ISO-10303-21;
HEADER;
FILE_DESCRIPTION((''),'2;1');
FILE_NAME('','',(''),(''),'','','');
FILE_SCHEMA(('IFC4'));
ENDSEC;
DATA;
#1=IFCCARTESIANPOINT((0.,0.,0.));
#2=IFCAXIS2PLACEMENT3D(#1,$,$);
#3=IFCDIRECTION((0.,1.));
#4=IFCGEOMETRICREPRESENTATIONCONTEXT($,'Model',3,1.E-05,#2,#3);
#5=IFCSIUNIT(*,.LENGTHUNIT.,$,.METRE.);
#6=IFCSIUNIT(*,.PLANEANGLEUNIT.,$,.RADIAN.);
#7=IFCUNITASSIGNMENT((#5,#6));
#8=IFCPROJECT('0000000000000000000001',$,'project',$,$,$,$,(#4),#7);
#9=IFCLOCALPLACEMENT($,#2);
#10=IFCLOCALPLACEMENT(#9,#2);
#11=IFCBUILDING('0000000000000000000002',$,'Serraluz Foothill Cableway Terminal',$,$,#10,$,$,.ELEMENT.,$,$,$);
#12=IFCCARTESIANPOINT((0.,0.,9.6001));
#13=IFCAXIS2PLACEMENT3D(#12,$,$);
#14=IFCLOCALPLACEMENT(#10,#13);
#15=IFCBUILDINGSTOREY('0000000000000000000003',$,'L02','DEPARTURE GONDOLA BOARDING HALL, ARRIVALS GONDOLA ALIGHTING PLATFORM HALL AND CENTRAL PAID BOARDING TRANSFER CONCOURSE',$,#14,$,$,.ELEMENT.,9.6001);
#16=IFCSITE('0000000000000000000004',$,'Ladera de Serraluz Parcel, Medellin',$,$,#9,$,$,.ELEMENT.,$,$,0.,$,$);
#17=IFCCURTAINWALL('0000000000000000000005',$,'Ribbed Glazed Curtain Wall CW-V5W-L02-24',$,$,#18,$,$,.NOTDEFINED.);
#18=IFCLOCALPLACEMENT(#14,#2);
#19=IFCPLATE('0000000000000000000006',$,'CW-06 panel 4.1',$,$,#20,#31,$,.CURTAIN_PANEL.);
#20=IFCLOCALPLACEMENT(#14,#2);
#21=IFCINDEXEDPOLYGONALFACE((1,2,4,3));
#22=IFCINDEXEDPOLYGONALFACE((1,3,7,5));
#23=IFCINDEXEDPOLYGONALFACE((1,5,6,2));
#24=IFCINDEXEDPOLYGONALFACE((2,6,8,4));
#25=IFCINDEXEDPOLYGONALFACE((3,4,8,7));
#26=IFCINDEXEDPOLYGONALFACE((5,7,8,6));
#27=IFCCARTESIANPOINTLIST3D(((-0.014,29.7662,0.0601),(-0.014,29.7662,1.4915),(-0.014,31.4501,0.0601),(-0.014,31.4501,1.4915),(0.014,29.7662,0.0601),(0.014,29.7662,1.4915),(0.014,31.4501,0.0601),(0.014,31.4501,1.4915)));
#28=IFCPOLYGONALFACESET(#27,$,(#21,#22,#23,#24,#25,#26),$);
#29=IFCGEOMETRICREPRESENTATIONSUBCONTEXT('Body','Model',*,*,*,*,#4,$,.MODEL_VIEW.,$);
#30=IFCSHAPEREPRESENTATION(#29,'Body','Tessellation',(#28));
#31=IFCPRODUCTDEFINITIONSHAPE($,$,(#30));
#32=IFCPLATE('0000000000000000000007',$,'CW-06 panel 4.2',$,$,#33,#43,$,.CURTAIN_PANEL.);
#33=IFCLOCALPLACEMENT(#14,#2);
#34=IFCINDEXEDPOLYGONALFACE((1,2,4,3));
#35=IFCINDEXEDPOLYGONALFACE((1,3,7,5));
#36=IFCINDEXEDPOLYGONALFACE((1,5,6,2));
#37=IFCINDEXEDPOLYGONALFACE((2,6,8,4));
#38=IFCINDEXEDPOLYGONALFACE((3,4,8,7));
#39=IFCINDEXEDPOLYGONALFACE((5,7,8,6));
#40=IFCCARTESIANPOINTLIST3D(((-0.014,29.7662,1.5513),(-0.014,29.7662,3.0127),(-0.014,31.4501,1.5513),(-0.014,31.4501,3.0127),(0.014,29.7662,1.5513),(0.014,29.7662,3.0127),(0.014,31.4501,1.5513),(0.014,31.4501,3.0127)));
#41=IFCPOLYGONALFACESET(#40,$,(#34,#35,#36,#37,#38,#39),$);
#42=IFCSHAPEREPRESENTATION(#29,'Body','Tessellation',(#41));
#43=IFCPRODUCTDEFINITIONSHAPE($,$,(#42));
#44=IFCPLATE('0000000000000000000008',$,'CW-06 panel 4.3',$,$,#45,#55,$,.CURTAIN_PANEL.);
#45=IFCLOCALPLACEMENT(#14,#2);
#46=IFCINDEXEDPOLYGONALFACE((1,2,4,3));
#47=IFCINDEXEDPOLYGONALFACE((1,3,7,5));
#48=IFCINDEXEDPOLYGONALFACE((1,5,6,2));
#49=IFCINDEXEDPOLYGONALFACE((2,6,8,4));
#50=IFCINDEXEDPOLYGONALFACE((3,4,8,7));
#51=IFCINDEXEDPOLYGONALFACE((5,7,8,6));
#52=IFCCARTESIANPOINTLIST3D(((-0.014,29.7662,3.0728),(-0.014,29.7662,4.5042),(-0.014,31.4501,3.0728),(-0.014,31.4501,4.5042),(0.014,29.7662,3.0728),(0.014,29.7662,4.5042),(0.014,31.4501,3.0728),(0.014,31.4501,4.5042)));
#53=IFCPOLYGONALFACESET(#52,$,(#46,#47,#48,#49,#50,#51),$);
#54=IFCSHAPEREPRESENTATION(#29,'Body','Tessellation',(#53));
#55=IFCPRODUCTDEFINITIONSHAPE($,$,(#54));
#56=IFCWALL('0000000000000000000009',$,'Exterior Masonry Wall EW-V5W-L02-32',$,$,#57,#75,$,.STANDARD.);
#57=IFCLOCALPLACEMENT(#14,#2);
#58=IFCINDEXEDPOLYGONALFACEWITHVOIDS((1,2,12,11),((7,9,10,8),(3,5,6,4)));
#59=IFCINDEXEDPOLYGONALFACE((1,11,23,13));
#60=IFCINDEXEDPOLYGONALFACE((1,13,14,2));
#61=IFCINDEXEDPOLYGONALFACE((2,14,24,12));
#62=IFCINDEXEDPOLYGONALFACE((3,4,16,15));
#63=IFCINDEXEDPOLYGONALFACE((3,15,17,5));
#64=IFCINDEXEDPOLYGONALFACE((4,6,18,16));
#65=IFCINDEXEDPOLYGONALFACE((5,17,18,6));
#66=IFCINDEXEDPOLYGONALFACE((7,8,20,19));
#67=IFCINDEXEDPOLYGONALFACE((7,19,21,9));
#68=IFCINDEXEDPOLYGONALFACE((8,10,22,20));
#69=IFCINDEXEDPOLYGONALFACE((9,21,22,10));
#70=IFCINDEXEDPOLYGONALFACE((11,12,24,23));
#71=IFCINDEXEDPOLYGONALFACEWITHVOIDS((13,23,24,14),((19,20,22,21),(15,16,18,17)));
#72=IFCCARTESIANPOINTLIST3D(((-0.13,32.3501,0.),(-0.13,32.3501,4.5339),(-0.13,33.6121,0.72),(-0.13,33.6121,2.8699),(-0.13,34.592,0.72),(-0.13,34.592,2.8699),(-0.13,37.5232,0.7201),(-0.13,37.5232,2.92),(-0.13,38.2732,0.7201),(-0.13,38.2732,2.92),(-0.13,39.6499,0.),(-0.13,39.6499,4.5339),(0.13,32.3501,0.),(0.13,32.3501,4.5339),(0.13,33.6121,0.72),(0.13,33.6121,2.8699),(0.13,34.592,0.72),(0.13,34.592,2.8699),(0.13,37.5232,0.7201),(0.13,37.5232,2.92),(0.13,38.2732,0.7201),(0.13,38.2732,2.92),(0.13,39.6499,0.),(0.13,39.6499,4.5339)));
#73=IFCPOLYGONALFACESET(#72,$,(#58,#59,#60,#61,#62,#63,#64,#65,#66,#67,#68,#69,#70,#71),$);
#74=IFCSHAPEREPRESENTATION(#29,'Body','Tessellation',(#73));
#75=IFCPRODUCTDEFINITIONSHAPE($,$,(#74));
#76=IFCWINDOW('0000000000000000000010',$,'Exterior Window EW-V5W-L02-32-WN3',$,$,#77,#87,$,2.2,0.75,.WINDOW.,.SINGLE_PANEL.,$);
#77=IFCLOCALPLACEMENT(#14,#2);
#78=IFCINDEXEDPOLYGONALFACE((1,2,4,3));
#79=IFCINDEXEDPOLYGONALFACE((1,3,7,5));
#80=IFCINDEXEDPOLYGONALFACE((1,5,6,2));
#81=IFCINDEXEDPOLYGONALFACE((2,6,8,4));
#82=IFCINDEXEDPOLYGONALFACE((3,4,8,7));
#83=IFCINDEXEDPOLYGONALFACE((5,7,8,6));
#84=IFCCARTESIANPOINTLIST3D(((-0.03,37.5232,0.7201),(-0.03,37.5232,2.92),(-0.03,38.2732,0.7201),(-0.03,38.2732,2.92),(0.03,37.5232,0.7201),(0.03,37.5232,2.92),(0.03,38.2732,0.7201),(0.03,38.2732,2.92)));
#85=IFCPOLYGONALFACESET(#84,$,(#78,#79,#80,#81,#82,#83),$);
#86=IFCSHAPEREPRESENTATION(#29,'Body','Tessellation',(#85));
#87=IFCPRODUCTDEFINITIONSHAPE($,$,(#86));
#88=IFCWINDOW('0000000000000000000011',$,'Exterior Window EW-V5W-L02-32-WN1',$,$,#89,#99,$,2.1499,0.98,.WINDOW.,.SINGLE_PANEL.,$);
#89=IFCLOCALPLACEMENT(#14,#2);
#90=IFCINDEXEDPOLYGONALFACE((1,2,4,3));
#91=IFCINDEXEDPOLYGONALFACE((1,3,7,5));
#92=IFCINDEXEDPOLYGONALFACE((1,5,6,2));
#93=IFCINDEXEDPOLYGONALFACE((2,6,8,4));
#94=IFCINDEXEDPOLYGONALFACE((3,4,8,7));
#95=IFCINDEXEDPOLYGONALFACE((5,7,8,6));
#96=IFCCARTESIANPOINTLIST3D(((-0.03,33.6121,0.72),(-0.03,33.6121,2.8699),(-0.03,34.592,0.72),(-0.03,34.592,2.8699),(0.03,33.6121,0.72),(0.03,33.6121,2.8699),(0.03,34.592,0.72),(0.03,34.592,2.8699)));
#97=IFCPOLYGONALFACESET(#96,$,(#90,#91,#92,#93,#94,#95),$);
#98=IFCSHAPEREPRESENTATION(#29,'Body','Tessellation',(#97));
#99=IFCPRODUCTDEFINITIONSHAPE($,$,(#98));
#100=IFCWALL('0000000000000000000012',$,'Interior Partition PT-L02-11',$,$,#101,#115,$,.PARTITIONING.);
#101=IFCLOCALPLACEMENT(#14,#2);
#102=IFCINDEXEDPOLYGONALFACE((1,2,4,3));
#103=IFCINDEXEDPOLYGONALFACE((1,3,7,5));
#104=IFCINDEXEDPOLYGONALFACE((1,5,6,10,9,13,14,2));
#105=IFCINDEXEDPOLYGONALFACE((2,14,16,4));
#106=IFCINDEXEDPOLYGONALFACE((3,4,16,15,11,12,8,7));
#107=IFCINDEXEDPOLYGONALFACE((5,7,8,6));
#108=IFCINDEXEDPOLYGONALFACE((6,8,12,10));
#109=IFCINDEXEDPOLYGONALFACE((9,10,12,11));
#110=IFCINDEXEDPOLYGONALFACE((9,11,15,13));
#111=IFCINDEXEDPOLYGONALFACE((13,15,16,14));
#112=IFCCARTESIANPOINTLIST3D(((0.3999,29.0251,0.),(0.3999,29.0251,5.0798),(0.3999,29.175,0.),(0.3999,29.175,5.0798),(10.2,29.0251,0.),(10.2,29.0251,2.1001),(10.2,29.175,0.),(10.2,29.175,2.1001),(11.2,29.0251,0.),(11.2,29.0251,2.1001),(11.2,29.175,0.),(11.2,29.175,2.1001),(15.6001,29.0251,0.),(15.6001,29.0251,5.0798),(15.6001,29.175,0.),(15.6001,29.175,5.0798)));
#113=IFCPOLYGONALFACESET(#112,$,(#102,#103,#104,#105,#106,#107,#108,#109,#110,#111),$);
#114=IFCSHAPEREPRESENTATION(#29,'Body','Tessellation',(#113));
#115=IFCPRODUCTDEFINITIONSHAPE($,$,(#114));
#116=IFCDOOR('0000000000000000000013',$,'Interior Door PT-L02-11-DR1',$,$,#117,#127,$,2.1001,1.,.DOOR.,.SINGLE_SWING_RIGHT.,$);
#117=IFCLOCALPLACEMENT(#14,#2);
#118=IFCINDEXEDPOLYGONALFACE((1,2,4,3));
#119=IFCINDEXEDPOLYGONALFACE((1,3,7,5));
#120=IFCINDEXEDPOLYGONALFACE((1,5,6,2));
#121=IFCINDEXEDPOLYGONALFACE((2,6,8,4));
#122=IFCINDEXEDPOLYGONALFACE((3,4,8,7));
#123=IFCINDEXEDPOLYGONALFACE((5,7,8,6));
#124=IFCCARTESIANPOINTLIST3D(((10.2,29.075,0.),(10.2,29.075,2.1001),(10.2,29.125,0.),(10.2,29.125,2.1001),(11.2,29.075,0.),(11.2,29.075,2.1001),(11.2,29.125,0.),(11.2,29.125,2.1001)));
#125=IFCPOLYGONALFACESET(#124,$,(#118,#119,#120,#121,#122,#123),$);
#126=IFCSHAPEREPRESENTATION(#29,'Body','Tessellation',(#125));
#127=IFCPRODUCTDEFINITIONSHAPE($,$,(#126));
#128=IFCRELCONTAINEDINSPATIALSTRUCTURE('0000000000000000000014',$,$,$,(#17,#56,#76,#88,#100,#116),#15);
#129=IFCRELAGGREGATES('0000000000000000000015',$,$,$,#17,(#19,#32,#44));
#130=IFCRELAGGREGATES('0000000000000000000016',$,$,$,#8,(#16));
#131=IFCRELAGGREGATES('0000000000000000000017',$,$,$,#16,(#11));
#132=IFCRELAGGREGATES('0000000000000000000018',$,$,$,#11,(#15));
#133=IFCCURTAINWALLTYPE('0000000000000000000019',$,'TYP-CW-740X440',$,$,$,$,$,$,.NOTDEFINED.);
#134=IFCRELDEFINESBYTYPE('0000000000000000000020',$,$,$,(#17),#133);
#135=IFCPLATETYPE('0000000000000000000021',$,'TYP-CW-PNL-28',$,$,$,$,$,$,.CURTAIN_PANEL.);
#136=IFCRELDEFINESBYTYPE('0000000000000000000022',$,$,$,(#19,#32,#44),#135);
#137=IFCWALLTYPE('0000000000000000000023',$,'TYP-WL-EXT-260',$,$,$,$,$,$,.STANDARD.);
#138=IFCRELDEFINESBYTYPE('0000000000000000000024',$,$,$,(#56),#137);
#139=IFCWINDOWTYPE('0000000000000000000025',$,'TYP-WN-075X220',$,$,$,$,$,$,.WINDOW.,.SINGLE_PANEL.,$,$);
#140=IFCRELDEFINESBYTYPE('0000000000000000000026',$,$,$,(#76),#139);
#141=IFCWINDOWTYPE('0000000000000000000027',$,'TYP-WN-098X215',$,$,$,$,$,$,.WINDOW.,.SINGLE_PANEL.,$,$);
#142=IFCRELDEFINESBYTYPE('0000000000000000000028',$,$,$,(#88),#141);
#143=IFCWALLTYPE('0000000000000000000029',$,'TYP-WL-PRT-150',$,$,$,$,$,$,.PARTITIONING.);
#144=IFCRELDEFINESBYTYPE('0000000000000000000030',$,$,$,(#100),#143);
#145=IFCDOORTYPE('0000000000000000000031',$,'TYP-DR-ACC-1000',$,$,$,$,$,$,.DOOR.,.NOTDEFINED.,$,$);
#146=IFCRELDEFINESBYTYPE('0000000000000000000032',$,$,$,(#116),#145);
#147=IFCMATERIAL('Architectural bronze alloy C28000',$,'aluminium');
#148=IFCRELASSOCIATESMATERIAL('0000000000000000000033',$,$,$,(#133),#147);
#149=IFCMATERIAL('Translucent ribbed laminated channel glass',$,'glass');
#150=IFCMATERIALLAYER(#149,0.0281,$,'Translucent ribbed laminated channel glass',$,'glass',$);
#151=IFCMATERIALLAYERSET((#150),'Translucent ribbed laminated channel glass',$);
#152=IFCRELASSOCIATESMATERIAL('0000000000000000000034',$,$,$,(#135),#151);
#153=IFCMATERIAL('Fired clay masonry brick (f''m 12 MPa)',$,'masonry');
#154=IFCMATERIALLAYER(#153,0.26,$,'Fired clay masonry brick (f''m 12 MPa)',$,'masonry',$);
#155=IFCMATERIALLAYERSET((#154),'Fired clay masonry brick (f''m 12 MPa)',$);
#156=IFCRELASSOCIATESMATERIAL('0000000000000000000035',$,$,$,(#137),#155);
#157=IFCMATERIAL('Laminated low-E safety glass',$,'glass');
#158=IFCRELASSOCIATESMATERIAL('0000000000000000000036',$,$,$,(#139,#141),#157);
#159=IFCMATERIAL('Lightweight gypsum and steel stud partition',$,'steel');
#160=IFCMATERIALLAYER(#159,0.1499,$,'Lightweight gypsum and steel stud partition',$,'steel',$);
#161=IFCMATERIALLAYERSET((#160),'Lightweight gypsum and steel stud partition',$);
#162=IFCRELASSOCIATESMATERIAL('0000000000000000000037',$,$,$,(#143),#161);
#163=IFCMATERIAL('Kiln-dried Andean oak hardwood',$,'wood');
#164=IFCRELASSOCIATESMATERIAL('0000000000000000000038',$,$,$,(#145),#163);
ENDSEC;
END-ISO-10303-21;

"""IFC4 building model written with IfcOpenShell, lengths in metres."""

from ifc_helpers import new_model, si_unit, direction, frame, frame_2d, origin, origin_2d, place, context, subcontext, project, spatial, rectangle, extrude, material, layer, layer_set, type_object, element, fill, aggregate, save


model = new_model("IFC4")

# Units and contexts
model_context = context("Model", 3, precision=1e-05, world=origin(), true_north=direction((0.0, 1.0)))
body_context = subcontext(model_context, "Body", "Model", "MODEL_VIEW")
ifc_project = project(units=[si_unit("LENGTHUNIT", "METRE"), si_unit("PLANEANGLEUNIT", "RADIAN")], contexts=[model_context])

# Site, building, storey
site_placement = place(None, origin())
site = spatial("IfcSite", under=ifc_project, at=site_placement, Name="Ladera de Serraluz Parcel, Medellin", CompositionType="ELEMENT", RefElevation=0.0)
building_placement = place(site_placement, origin())
building = spatial("IfcBuilding", under=site, at=building_placement, Name="Serraluz Foothill Cableway Terminal", CompositionType="ELEMENT")
storey_placement = place(building_placement, frame((0.0, 0.0, 9.6001)))
storey = spatial("IfcBuildingStorey", under=building, at=storey_placement, Name="L02", Description="DEPARTURE GONDOLA BOARDING HALL, ARRIVALS GONDOLA ALIGHTING PLATFORM HALL AND CENTRAL PAID BOARDING TRANSFER CONCOURSE", CompositionType="ELEMENT", Elevation=9.6001)

# Curtain wall
ifc_material_1 = material(Name="Architectural bronze alloy C28000", Category="aluminium")
curtain_wall_type = type_object("IfcCurtainWallType", Name="TYP-CW-740X440", PredefinedType="NOTDEFINED", material=ifc_material_1)
curtain_wall_placement = place(storey_placement, origin())
curtain_wall = element("IfcCurtainWall", 1, at=curtain_wall_placement, inside=storey, type_object=curtain_wall_type, Name="Ribbed Glazed Curtain Wall CW-V5W-L02-24", PredefinedType="NOTDEFINED")

# Plates
ifc_material_2 = material(Name="Translucent ribbed laminated channel glass", Category="glass")
ifc_layer_1 = layer(ifc_material_2, 0.0281, Name="Translucent ribbed laminated channel glass", Category="glass")
ifc_layer_set_1 = layer_set([ifc_layer_1], Name="Translucent ribbed laminated channel glass")
plate_type = type_object("IfcPlateType", Name="TYP-CW-PNL-28", PredefinedType="CURTAIN_PANEL", material=ifc_layer_set_1)
plate_1_placement = place(storey_placement, frame((0.0, 30.6082, 0.0601), z_axis=(0.0, 0.0, 1.0), x_axis=(0.0, 1.0, 0.0)))
plate_1 = element("IfcPlate", 2, at=plate_1_placement, type_object=plate_type, Name="CW-06 panel 4.1", PredefinedType="CURTAIN_PANEL", context=body_context, shape_type="SweptSolid", body=[
    extrude(rectangle(XDim=1.6838, YDim=0.0281, at=origin_2d()), origin(), (0.0, 0.0, 1.0), 1.4314),
])
plate_2_placement = place(storey_placement, frame((0.0, 30.6082, 1.5513), z_axis=(0.0, 0.0, 1.0), x_axis=(0.0, 1.0, 0.0)))
plate_2 = element("IfcPlate", 3, at=plate_2_placement, type_object=plate_type, Name="CW-06 panel 4.2", PredefinedType="CURTAIN_PANEL", context=body_context, shape_type="SweptSolid", body=[
    extrude(rectangle(XDim=1.6838, YDim=0.0281, at=origin_2d()), origin(), (0.0, 0.0, 1.0), 1.4614),
])
plate_3_placement = place(storey_placement, frame((0.0, 30.6082, 3.0728), z_axis=(0.0, 0.0, 1.0), x_axis=(0.0, 1.0, 0.0)))
plate_3 = element("IfcPlate", 4, at=plate_3_placement, type_object=plate_type, Name="CW-06 panel 4.3", PredefinedType="CURTAIN_PANEL", context=body_context, shape_type="SweptSolid", body=[
    extrude(rectangle(XDim=1.6838, YDim=0.0281, at=origin_2d()), origin(), (0.0, 0.0, 1.0), 1.4314),
])
aggregate(curtain_wall, [plate_1, plate_2, plate_3])

# Wall, openings, windows
ifc_material_3 = material(Name="Fired clay masonry brick (f'm 12 MPa)", Category="masonry")
ifc_layer_2 = layer(ifc_material_3, 0.26, Name="Fired clay masonry brick (f'm 12 MPa)", Category="masonry")
ifc_layer_set_2 = layer_set([ifc_layer_2], Name="Fired clay masonry brick (f'm 12 MPa)")
wall_type_1 = type_object("IfcWallType", Name="TYP-WL-EXT-260", PredefinedType="STANDARD", material=ifc_layer_set_2)
wall_1_placement = place(storey_placement, frame((0.0, 32.3501, 0.0), z_axis=(0.0, 0.0, 1.0), x_axis=(0.0, 1.0, 0.0)))
wall_1 = element("IfcWall", 5, at=wall_1_placement, inside=storey, type_object=wall_type_1, Name="Exterior Masonry Wall EW-V5W-L02-32", PredefinedType="STANDARD", context=body_context, shape_type="SweptSolid", body=[
    extrude(rectangle(XDim=7.2998, YDim=0.26, at=frame_2d((3.6499, 0.0))), origin(), (0.0, 0.0, 1.0), 4.5339),
])
opening_1_placement = place(wall_1_placement, frame((1.262, 0.0, 0.72)))
opening_1 = element("IfcOpeningElement", 6, at=opening_1_placement, cuts=wall_1, PredefinedType="OPENING", context=body_context, shape_type="SweptSolid", body=[
    extrude(rectangle(XDim=0.98, YDim=2.1499, at=frame_2d((0.49, 1.075))), frame((0.0, 0.1401, 0.0), z_axis=(0.0, -1.0, 0.0), x_axis=(1.0, 0.0, 0.0)), (0.0, 0.0, 1.0), 0.28),
])
opening_2_placement = place(wall_1_placement, frame((5.1731, 0.0, 0.72)))
opening_2 = element("IfcOpeningElement", 7, at=opening_2_placement, cuts=wall_1, PredefinedType="OPENING", context=body_context, shape_type="SweptSolid", body=[
    extrude(rectangle(XDim=0.75, YDim=2.2, at=frame_2d((0.375, 1.1001))), frame((0.0, 0.1401, 0.0), z_axis=(0.0, -1.0, 0.0), x_axis=(1.0, 0.0, 0.0)), (0.0, 0.0, 1.0), 0.28),
])
ifc_material_4 = material(Name="Laminated low-E safety glass", Category="glass")
window_type_1 = type_object("IfcWindowType", Name="TYP-WN-075X220", PartitioningType="SINGLE_PANEL", PredefinedType="WINDOW", material=ifc_material_4)
window_1_placement = place(opening_2_placement, origin())
window_1 = element("IfcWindow", 8, at=window_1_placement, inside=storey, type_object=window_type_1, Name="Exterior Window EW-V5W-L02-32-WN3", OverallHeight=2.2, OverallWidth=0.75, PartitioningType="SINGLE_PANEL", PredefinedType="WINDOW", context=body_context, shape_type="SweptSolid", body=[
    extrude(rectangle(XDim=0.75, YDim=2.2, at=frame_2d((0.375, 1.1001))), frame((0.0, 0.03, 0.0), z_axis=(0.0, -1.0, 0.0), x_axis=(1.0, 0.0, 0.0)), (0.0, 0.0, 1.0), 0.0601),
])
fill(opening_2, window_1)
window_type_2 = type_object("IfcWindowType", Name="TYP-WN-098X215", PartitioningType="SINGLE_PANEL", PredefinedType="WINDOW", material=ifc_material_4)
window_2_placement = place(opening_1_placement, origin())
window_2 = element("IfcWindow", 9, at=window_2_placement, inside=storey, type_object=window_type_2, Name="Exterior Window EW-V5W-L02-32-WN1", OverallHeight=2.1499, OverallWidth=0.98, PartitioningType="SINGLE_PANEL", PredefinedType="WINDOW", context=body_context, shape_type="SweptSolid", body=[
    extrude(rectangle(XDim=0.98, YDim=2.1499, at=frame_2d((0.49, 1.075))), frame((0.0, 0.03, 0.0), z_axis=(0.0, -1.0, 0.0), x_axis=(1.0, 0.0, 0.0)), (0.0, 0.0, 1.0), 0.0601),
])
fill(opening_1, window_2)

# Wall, opening, door
ifc_material_5 = material(Name="Lightweight gypsum and steel stud partition", Category="steel")
ifc_layer_3 = layer(ifc_material_5, 0.1499, Name="Lightweight gypsum and steel stud partition", Category="steel")
ifc_layer_set_3 = layer_set([ifc_layer_3], Name="Lightweight gypsum and steel stud partition")
wall_type_2 = type_object("IfcWallType", Name="TYP-WL-PRT-150", PredefinedType="PARTITIONING", material=ifc_layer_set_3)
wall_2_placement = place(storey_placement, frame((0.3999, 29.1001, 0.0), z_axis=(0.0, 0.0, 1.0), x_axis=(1.0, 0.0, 0.0)))
wall_2 = element("IfcWall", 10, at=wall_2_placement, inside=storey, type_object=wall_type_2, Name="Interior Partition PT-L02-11", PredefinedType="PARTITIONING", context=body_context, shape_type="SweptSolid", body=[
    extrude(rectangle(XDim=15.2002, YDim=0.1499, at=frame_2d((7.6001, 0.0))), origin(), (0.0, 0.0, 1.0), 5.0798),
])
opening_3_placement = place(wall_2_placement, frame((9.8, 0.0, 0.0)))
opening_3 = element("IfcOpeningElement", 11, at=opening_3_placement, cuts=wall_2, PredefinedType="OPENING", context=body_context, shape_type="SweptSolid", body=[
    extrude(rectangle(XDim=1.0, YDim=2.1001, at=frame_2d((0.5, 1.05))), frame((0.0, 0.085, 0.0), z_axis=(0.0, -1.0, 0.0), x_axis=(1.0, 0.0, 0.0)), (0.0, 0.0, 1.0), 0.1699),
])
ifc_material_6 = material(Name="Kiln-dried Andean oak hardwood", Category="wood")
door_type = type_object("IfcDoorType", Name="TYP-DR-ACC-1000", OperationType="NOTDEFINED", PredefinedType="DOOR", material=ifc_material_6)
door_placement = place(opening_3_placement, origin())
door = element("IfcDoor", 12, at=door_placement, inside=storey, type_object=door_type, Name="Interior Door PT-L02-11-DR1", OperationType="SINGLE_SWING_RIGHT", OverallHeight=2.1001, OverallWidth=1.0, PredefinedType="DOOR", context=body_context, shape_type="SweptSolid", body=[
    extrude(rectangle(XDim=1.0, YDim=2.1001, at=frame_2d((0.5, 1.05))), frame((0.0, 0.0249, 0.0), z_axis=(0.0, -1.0, 0.0), x_axis=(1.0, 0.0, 0.0)), (0.0, 0.0, 1.0), 0.05),
])
fill(opening_3, door)

save(model, "model.ifc")
